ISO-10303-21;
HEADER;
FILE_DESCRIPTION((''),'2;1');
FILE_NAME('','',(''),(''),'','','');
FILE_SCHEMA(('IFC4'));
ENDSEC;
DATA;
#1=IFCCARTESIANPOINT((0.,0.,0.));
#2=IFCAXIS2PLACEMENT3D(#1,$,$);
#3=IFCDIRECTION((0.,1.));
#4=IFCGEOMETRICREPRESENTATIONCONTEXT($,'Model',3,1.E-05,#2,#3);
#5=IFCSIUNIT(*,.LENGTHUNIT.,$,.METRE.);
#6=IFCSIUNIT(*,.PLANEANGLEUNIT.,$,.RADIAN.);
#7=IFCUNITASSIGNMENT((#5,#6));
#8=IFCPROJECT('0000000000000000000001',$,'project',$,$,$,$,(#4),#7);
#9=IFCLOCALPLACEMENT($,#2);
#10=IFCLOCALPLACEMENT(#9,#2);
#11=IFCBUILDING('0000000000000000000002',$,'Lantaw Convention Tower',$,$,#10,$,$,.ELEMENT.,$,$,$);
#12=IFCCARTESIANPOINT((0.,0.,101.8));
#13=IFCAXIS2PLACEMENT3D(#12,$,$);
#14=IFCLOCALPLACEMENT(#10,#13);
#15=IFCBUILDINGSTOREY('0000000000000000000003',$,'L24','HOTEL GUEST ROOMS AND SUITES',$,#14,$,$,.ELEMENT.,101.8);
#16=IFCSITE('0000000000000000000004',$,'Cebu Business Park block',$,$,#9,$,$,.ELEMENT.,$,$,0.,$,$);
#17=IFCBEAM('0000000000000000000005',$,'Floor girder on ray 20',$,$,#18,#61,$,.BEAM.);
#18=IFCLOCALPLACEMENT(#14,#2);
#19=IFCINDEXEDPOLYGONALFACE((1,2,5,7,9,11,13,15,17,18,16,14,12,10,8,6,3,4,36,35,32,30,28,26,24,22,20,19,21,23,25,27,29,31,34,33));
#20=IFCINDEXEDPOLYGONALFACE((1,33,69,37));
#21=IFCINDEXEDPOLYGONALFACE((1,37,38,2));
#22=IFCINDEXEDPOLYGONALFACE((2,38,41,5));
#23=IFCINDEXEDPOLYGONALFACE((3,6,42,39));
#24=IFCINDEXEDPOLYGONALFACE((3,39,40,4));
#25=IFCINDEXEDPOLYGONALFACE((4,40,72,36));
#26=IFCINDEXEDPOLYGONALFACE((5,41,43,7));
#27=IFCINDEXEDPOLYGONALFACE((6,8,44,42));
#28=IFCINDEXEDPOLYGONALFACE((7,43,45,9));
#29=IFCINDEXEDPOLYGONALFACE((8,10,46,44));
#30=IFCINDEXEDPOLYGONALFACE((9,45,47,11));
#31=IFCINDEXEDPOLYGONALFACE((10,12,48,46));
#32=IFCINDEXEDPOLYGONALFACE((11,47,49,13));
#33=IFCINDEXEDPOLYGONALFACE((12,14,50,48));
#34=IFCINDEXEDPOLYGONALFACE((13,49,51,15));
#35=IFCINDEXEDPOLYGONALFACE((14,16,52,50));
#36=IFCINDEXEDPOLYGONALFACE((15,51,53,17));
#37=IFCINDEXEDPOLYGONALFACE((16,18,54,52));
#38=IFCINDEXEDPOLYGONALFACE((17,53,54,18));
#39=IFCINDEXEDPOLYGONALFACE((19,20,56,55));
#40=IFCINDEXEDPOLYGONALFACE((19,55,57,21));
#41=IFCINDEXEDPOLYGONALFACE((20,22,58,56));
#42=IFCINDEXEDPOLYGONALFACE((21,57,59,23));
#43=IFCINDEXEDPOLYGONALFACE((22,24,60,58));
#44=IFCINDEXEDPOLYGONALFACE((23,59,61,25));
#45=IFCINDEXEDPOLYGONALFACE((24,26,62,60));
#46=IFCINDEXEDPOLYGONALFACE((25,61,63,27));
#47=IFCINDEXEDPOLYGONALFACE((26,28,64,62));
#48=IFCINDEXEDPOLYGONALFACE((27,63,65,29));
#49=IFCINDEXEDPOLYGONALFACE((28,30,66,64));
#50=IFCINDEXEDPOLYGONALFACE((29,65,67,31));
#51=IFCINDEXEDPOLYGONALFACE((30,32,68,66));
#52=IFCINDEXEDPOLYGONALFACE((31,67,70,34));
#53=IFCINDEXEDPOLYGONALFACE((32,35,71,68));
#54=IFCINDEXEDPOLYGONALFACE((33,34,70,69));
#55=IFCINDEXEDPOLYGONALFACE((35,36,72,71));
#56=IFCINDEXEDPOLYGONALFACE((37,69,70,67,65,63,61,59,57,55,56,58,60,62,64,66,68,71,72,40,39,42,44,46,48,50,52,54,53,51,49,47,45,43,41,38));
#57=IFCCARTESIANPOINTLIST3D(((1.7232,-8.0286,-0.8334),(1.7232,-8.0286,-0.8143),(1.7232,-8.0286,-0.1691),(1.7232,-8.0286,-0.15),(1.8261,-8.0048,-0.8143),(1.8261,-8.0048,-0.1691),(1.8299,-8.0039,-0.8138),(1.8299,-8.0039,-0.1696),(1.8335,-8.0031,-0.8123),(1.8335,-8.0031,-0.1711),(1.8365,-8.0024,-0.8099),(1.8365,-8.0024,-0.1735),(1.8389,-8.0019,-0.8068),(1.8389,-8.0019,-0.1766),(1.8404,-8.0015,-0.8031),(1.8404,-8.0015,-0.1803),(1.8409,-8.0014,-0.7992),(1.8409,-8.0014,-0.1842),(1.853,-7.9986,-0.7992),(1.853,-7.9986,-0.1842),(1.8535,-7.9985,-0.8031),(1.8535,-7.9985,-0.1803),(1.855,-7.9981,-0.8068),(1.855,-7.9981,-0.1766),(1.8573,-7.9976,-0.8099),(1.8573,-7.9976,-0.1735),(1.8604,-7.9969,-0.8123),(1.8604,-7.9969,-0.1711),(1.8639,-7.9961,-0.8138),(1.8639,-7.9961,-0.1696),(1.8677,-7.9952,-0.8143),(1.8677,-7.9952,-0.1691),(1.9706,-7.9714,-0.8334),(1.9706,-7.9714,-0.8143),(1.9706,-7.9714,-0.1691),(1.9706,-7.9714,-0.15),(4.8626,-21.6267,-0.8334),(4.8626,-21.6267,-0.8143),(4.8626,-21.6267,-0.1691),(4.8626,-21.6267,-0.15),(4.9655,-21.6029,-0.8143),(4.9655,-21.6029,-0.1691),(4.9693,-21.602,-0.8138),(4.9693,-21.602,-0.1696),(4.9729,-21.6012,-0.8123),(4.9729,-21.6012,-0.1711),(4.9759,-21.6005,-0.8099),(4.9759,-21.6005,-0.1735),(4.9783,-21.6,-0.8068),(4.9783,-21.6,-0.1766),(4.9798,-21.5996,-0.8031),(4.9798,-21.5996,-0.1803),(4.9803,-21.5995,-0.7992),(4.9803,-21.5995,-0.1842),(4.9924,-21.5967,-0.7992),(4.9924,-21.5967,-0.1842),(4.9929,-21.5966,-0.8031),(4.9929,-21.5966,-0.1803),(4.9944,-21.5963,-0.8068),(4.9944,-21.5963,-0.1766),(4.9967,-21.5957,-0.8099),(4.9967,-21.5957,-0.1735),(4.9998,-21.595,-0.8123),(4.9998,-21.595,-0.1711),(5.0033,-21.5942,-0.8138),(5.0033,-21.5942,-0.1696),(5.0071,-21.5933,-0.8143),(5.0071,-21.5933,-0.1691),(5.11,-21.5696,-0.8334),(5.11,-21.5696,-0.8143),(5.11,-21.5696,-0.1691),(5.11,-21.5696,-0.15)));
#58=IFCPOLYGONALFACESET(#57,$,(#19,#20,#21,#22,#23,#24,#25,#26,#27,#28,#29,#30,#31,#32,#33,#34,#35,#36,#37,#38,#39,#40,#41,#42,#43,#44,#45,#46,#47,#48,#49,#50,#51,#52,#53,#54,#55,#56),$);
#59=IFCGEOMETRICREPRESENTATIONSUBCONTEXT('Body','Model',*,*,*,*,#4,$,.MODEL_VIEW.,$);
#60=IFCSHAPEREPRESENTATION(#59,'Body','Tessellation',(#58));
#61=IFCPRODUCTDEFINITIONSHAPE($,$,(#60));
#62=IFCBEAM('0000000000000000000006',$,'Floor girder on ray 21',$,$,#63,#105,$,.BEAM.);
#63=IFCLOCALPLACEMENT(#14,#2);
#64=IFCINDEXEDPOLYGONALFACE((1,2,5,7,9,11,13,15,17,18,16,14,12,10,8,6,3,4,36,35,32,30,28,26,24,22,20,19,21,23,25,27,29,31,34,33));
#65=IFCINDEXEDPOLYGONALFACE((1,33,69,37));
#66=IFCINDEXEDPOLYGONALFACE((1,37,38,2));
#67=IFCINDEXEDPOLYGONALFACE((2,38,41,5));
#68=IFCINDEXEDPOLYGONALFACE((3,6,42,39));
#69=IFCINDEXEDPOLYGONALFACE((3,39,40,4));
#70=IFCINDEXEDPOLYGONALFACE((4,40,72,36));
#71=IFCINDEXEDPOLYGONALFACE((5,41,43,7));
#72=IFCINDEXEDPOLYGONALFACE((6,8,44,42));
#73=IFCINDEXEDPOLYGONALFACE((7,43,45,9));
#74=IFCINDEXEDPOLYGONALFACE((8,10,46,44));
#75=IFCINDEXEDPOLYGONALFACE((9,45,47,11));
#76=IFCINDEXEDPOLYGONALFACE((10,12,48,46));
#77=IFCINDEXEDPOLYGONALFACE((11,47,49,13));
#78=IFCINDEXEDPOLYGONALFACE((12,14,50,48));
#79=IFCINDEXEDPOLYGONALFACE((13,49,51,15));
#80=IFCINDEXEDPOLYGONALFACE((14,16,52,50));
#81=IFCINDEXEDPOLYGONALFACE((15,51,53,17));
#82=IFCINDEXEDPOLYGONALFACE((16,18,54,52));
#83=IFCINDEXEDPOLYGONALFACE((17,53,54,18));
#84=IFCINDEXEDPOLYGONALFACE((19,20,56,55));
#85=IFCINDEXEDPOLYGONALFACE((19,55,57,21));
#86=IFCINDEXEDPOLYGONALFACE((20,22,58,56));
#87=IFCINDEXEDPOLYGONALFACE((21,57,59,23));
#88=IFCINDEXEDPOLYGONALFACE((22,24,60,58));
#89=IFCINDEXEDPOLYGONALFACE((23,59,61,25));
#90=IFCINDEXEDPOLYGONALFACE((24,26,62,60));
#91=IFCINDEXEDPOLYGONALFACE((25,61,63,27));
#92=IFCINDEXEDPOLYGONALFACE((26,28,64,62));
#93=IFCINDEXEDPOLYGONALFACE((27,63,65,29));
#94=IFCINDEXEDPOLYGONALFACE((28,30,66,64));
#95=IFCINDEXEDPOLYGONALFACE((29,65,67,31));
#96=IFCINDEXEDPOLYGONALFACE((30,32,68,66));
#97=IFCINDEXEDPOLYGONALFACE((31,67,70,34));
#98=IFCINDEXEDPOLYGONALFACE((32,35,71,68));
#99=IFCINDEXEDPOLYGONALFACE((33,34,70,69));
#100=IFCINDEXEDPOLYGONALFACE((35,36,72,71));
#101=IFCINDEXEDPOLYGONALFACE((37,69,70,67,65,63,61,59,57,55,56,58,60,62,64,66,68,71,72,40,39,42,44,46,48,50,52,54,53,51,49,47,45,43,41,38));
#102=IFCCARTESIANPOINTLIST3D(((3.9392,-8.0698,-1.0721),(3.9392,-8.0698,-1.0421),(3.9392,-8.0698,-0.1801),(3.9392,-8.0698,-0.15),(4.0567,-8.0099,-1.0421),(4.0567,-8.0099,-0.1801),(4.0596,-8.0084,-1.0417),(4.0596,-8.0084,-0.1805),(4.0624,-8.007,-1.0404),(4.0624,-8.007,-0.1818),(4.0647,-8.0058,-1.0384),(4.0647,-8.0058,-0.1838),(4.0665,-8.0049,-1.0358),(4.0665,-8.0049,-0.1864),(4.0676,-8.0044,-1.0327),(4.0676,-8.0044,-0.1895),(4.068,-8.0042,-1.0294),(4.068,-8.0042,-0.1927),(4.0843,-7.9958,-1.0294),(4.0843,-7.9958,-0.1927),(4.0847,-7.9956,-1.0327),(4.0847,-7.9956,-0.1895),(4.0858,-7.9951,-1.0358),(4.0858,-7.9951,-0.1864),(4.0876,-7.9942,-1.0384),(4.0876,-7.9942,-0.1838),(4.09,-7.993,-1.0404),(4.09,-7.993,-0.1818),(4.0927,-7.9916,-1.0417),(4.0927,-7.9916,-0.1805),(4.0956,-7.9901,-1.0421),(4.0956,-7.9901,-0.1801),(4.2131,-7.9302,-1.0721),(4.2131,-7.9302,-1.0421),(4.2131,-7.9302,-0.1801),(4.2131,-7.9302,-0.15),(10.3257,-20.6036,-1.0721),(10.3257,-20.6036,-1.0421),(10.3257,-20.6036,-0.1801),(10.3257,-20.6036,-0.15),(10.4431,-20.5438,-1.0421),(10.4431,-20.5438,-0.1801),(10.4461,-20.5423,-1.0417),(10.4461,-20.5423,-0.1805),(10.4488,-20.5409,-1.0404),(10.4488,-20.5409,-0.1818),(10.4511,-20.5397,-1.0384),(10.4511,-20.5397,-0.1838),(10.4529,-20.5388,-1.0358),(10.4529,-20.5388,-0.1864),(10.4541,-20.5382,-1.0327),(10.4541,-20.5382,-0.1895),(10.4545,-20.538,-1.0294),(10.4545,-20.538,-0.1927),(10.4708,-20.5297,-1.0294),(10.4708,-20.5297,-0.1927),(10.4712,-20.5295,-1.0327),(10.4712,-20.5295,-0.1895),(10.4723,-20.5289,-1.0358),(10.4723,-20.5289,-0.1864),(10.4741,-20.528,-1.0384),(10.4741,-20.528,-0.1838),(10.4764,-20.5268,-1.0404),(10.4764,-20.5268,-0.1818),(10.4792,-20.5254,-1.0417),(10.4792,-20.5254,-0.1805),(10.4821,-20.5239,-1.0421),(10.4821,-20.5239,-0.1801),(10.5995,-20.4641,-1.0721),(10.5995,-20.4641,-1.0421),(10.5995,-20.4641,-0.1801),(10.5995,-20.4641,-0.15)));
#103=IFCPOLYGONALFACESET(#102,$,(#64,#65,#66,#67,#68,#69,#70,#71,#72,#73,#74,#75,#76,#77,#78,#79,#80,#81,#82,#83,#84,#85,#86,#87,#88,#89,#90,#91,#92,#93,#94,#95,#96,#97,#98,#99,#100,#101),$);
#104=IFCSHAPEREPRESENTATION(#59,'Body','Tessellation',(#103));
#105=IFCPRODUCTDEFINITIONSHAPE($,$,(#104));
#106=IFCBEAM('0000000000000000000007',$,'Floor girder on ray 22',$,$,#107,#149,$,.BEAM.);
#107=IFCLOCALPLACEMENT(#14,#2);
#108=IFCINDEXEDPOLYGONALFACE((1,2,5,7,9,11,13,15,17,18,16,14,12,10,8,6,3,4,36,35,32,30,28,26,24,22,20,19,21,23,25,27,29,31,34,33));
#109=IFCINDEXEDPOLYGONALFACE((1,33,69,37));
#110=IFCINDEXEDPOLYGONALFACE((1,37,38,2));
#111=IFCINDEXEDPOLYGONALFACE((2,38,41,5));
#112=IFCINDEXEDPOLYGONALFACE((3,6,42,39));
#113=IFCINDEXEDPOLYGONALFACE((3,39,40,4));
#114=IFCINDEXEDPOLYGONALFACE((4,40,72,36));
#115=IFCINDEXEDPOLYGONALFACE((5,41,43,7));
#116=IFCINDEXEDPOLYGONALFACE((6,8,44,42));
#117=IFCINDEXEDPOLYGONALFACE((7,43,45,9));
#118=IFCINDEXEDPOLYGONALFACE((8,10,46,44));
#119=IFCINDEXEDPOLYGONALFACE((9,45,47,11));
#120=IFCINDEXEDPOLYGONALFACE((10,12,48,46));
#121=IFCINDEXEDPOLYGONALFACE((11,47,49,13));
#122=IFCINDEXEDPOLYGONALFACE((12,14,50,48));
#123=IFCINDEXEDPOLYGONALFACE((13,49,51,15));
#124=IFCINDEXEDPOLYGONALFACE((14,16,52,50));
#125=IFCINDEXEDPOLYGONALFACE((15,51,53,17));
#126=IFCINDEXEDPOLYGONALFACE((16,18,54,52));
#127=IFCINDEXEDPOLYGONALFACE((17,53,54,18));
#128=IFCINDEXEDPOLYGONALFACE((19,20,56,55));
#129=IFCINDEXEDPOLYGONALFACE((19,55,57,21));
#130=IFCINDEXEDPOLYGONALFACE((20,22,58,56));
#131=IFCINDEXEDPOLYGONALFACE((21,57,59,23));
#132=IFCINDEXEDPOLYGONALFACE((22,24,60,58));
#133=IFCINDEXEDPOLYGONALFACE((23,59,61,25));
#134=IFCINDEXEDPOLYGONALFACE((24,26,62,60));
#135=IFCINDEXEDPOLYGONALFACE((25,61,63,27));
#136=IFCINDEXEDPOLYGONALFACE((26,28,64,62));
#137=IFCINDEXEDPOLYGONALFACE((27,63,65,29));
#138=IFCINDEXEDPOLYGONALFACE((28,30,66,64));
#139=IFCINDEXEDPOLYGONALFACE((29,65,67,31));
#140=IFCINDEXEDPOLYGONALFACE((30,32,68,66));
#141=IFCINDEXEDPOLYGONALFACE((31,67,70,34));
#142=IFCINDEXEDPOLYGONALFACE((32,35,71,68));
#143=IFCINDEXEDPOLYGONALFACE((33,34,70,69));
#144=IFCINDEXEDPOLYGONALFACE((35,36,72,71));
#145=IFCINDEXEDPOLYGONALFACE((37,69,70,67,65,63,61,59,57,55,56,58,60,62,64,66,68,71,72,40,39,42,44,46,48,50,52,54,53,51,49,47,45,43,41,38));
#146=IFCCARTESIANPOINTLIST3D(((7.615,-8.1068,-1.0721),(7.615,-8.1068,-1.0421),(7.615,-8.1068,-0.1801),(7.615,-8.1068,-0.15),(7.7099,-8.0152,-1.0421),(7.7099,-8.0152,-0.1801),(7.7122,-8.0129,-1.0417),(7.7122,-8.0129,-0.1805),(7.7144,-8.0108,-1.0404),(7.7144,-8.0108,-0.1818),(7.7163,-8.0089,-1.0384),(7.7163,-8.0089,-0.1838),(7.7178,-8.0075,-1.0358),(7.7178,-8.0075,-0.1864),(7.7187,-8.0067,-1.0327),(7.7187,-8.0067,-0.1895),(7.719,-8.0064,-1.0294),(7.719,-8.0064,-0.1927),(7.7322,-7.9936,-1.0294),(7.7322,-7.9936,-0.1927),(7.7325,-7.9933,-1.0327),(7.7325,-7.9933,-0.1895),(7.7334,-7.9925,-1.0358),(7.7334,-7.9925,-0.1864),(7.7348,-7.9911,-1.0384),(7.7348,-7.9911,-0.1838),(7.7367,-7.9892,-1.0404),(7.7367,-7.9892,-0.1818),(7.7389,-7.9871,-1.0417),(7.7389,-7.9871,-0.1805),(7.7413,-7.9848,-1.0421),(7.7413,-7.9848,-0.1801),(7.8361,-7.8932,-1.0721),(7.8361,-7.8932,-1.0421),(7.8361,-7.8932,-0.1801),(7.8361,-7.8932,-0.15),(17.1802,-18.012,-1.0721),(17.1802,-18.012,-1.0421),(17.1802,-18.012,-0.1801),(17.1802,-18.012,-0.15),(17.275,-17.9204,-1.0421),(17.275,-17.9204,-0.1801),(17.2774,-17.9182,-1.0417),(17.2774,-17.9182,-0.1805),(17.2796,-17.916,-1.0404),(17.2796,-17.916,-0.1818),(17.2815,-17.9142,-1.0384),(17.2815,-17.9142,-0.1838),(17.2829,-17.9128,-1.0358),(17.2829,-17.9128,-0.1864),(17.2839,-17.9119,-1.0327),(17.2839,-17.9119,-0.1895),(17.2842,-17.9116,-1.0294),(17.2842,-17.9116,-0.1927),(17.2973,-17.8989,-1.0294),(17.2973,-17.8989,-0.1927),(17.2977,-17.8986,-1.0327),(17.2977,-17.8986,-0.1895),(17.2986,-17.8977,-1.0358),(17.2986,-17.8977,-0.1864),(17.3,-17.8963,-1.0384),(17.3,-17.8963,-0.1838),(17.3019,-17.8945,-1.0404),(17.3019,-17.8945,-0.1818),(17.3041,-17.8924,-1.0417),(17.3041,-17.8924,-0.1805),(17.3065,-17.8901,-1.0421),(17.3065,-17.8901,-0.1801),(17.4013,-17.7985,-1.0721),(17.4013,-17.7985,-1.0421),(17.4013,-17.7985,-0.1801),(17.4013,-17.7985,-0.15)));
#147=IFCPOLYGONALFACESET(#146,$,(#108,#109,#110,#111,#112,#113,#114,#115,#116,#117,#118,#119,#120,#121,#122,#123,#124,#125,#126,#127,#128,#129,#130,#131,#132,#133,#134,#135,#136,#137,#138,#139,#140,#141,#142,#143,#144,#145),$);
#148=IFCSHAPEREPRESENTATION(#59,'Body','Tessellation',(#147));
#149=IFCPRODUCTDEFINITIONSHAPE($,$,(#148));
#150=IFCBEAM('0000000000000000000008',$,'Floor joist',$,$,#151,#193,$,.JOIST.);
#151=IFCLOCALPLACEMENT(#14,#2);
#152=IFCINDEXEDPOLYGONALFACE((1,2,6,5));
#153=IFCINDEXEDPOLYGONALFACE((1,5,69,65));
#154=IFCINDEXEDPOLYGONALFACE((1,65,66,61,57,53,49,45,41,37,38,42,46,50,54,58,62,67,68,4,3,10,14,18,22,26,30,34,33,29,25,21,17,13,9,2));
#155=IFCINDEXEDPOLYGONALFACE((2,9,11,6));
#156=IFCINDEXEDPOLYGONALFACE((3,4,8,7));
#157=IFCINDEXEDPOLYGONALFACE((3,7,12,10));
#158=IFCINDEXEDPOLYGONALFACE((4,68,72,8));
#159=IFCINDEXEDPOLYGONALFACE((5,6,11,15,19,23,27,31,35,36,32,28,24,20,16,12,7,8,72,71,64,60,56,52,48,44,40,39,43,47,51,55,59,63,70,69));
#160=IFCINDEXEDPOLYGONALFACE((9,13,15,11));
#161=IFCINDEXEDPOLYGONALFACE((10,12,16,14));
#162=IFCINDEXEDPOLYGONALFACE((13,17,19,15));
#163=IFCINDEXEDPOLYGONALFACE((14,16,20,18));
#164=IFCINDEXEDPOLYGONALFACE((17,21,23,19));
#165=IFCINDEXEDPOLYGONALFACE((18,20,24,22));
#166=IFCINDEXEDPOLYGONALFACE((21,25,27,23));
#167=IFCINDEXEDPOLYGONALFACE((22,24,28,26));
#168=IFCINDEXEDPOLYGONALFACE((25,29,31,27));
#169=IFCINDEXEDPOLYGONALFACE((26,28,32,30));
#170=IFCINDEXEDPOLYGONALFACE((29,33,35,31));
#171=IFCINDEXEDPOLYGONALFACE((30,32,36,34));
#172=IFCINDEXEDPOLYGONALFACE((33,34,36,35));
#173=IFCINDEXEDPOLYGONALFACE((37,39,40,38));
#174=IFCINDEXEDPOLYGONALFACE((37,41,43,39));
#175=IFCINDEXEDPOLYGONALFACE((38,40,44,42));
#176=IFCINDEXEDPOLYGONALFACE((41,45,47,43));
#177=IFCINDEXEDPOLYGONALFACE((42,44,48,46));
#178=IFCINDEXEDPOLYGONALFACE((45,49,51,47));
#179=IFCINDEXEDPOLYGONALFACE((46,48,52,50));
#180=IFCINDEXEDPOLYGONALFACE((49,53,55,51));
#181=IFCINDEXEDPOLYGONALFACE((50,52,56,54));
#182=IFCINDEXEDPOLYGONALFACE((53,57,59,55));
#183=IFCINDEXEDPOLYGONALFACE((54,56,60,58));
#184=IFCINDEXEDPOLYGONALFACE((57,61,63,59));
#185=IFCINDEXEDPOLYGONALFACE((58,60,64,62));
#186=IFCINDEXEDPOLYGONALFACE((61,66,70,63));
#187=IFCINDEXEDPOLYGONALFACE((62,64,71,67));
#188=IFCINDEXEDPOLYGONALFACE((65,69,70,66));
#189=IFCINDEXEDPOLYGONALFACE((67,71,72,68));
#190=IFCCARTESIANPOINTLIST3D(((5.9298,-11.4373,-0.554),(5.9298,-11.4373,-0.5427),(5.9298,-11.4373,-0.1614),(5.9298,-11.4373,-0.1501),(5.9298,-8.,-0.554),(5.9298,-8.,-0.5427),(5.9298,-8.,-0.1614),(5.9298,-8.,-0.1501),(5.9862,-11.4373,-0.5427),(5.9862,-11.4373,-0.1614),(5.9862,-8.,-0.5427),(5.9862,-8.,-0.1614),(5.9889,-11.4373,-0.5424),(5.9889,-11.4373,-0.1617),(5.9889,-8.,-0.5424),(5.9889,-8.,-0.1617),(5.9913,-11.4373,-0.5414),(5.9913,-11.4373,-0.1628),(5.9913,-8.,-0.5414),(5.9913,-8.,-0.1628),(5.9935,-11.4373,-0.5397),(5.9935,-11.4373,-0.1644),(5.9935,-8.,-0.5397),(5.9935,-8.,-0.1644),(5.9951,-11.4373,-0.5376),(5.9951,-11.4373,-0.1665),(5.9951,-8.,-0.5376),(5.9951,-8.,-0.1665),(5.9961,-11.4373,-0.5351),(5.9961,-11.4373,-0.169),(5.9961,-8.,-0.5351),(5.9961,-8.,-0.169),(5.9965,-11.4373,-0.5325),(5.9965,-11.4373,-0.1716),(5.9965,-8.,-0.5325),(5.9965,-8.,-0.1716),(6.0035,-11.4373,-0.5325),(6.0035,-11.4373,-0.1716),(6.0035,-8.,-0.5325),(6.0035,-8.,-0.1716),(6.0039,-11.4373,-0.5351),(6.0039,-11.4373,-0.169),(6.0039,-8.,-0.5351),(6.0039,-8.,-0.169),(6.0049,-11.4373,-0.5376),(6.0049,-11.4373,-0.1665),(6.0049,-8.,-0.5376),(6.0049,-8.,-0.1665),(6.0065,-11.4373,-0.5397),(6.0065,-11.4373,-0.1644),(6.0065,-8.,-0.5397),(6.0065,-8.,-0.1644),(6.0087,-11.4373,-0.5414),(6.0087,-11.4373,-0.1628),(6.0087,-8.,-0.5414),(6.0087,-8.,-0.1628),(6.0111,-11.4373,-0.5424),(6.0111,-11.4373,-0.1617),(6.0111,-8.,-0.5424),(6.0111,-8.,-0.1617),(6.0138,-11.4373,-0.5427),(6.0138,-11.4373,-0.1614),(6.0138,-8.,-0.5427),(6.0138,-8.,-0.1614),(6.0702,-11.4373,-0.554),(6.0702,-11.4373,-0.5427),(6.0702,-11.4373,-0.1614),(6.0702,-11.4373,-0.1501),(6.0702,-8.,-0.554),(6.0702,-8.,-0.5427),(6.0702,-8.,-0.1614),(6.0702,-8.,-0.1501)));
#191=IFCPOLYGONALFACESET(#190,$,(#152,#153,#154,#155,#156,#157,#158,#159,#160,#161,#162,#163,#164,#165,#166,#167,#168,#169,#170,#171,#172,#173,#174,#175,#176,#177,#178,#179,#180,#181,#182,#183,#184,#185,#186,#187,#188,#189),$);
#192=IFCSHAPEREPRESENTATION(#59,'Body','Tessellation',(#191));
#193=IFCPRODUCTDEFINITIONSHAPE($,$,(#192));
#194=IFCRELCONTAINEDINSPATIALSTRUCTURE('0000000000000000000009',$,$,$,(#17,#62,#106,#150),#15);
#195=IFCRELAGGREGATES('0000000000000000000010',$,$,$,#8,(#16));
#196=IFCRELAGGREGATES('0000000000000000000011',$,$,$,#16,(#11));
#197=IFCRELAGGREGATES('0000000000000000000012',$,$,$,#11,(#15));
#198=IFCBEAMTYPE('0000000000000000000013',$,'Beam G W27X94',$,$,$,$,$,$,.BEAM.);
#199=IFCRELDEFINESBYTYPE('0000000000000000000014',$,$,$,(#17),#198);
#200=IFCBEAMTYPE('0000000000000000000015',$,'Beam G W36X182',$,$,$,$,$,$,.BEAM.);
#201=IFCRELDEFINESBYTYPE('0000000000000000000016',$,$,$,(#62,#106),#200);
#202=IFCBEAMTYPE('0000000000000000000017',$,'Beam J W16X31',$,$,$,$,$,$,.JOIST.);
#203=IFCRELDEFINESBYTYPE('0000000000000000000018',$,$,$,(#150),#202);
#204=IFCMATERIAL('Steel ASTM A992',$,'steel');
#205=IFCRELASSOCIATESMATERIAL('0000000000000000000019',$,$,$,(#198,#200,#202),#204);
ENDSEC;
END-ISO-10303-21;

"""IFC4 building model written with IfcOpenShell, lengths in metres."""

from ifc_helpers import new_model, si_unit, direction, frame, origin, origin_2d, place, context, subcontext, project, spatial, i_section, extrude, material, material_profile, profile_set, type_object, element, save


model = new_model("IFC4")

# Units and contexts
model_context = context("Model", 3, precision=1e-05, world=origin(), true_north=direction((0.0, 1.0)))
body_context = subcontext(model_context, "Body", "Model", "MODEL_VIEW")
ifc_project = project(units=[si_unit("LENGTHUNIT", "METRE"), si_unit("PLANEANGLEUNIT", "RADIAN")], contexts=[model_context])

# Site, building, storey
site_placement = place(None, origin())
site = spatial("IfcSite", under=ifc_project, at=site_placement, Name="Cebu Business Park block", CompositionType="ELEMENT", RefElevation=0.0)
building_placement = place(site_placement, origin())
building = spatial("IfcBuilding", under=site, at=building_placement, Name="Lantaw Convention Tower", CompositionType="ELEMENT")
storey_placement = place(building_placement, frame((0.0, 0.0, 101.8)))
storey = spatial("IfcBuildingStorey", under=building, at=storey_placement, Name="L24", Description="HOTEL GUEST ROOMS AND SUITES", CompositionType="ELEMENT", Elevation=101.8)

# Beams
ifc_material_1 = material(Name="Steel ASTM A992", Category="steel")
ifc_material_profile_1 = material_profile(ifc_material_1, i_section(OverallWidth=0.2539, OverallDepth=0.6833, WebThickness=0.0125, FlangeThickness=0.019, FilletRadius=0.0151, at=origin_2d()), Name="W27X94")
ifc_profile_set_1 = profile_set([ifc_material_profile_1], Name="Steel ASTM A992")
beam_type_1 = type_object("IfcBeamType", Name="Beam G W27X94", PredefinedType="BEAM", material=ifc_profile_set_1)
beam_1_placement = place(storey_placement, frame((1.8469, -8.0, -0.4917), z_axis=(0.224953, -0.97437, 0.0), x_axis=(0.97437, 0.224953, 0.0)))
element("IfcBeam", 1, at=beam_1_placement, inside=storey, type_object=beam_type_1, Name="Floor girder on ray 20", PredefinedType="BEAM", context=body_context, shape_type="SweptSolid", body=[
    extrude(i_section(OverallWidth=0.2539, OverallDepth=0.6833, WebThickness=0.0125, FlangeThickness=0.019, FilletRadius=0.0151, at=origin_2d()), origin(), (0.0, 0.0, 1.0), 13.9558),
])
ifc_material_profile_2 = material_profile(ifc_material_1, i_section(OverallWidth=0.3074, OverallDepth=0.9221, WebThickness=0.0183, FlangeThickness=0.03, FilletRadius=0.0127, at=origin_2d()), Name="W36X182")
ifc_profile_set_2 = profile_set([ifc_material_profile_2], Name="Steel ASTM A992")
beam_type_2 = type_object("IfcBeamType", Name="Beam G W36X182", PredefinedType="BEAM", material=ifc_profile_set_2)
beam_2_placement = place(storey_placement, frame((4.0762, -8.0, -0.6111), z_axis=(0.453997, -0.891003, 0.0), x_axis=(0.891003, 0.453997, 0.0)))
element("IfcBeam", 2, at=beam_2_placement, inside=storey, type_object=beam_type_2, Name="Floor girder on ray 21", PredefinedType="BEAM", context=body_context, shape_type="SweptSolid", body=[
    extrude(i_section(OverallWidth=0.3074, OverallDepth=0.9221, WebThickness=0.0183, FlangeThickness=0.03, FilletRadius=0.0127, at=origin_2d()), origin(), (0.0, 0.0, 1.0), 14.0671),
])
beam_3_placement = place(storey_placement, frame((7.7256, -8.0, -0.6111), z_axis=(0.69465, -0.719348, 0.0), x_axis=(0.719348, 0.69465, 0.0)))
element("IfcBeam", 3, at=beam_3_placement, inside=storey, type_object=beam_type_2, Name="Floor girder on ray 22", PredefinedType="BEAM", context=body_context, shape_type="SweptSolid", body=[
    extrude(i_section(OverallWidth=0.3074, OverallDepth=0.9221, WebThickness=0.0183, FlangeThickness=0.03, FilletRadius=0.0127, at=origin_2d()), origin(), (0.0, 0.0, 1.0), 13.7698),
])
ifc_material_profile_3 = material_profile(ifc_material_1, i_section(OverallWidth=0.1404, OverallDepth=0.4038, WebThickness=0.0071, FlangeThickness=0.0112, FilletRadius=0.0103, at=origin_2d()), Name="W16X31")
ifc_profile_set_3 = profile_set([ifc_material_profile_3], Name="Steel ASTM A992")
beam_type_3 = type_object("IfcBeamType", Name="Beam J W16X31", PredefinedType="JOIST", material=ifc_profile_set_3)
beam_4_placement = place(storey_placement, frame((6.0, -11.4373, -0.3521), z_axis=(0.0, 1.0, 0.0), x_axis=(-1.0, 0.0, 0.0)))
element("IfcBeam", 4, at=beam_4_placement, inside=storey, type_object=beam_type_3, Name="Floor joist", PredefinedType="JOIST", context=body_context, shape_type="SweptSolid", body=[
    extrude(i_section(OverallWidth=0.1404, OverallDepth=0.4038, WebThickness=0.0071, FlangeThickness=0.0112, FilletRadius=0.0103, at=origin_2d()), origin(), (0.0, 0.0, 1.0), 3.4373),
])

save(model, "model.ifc")
